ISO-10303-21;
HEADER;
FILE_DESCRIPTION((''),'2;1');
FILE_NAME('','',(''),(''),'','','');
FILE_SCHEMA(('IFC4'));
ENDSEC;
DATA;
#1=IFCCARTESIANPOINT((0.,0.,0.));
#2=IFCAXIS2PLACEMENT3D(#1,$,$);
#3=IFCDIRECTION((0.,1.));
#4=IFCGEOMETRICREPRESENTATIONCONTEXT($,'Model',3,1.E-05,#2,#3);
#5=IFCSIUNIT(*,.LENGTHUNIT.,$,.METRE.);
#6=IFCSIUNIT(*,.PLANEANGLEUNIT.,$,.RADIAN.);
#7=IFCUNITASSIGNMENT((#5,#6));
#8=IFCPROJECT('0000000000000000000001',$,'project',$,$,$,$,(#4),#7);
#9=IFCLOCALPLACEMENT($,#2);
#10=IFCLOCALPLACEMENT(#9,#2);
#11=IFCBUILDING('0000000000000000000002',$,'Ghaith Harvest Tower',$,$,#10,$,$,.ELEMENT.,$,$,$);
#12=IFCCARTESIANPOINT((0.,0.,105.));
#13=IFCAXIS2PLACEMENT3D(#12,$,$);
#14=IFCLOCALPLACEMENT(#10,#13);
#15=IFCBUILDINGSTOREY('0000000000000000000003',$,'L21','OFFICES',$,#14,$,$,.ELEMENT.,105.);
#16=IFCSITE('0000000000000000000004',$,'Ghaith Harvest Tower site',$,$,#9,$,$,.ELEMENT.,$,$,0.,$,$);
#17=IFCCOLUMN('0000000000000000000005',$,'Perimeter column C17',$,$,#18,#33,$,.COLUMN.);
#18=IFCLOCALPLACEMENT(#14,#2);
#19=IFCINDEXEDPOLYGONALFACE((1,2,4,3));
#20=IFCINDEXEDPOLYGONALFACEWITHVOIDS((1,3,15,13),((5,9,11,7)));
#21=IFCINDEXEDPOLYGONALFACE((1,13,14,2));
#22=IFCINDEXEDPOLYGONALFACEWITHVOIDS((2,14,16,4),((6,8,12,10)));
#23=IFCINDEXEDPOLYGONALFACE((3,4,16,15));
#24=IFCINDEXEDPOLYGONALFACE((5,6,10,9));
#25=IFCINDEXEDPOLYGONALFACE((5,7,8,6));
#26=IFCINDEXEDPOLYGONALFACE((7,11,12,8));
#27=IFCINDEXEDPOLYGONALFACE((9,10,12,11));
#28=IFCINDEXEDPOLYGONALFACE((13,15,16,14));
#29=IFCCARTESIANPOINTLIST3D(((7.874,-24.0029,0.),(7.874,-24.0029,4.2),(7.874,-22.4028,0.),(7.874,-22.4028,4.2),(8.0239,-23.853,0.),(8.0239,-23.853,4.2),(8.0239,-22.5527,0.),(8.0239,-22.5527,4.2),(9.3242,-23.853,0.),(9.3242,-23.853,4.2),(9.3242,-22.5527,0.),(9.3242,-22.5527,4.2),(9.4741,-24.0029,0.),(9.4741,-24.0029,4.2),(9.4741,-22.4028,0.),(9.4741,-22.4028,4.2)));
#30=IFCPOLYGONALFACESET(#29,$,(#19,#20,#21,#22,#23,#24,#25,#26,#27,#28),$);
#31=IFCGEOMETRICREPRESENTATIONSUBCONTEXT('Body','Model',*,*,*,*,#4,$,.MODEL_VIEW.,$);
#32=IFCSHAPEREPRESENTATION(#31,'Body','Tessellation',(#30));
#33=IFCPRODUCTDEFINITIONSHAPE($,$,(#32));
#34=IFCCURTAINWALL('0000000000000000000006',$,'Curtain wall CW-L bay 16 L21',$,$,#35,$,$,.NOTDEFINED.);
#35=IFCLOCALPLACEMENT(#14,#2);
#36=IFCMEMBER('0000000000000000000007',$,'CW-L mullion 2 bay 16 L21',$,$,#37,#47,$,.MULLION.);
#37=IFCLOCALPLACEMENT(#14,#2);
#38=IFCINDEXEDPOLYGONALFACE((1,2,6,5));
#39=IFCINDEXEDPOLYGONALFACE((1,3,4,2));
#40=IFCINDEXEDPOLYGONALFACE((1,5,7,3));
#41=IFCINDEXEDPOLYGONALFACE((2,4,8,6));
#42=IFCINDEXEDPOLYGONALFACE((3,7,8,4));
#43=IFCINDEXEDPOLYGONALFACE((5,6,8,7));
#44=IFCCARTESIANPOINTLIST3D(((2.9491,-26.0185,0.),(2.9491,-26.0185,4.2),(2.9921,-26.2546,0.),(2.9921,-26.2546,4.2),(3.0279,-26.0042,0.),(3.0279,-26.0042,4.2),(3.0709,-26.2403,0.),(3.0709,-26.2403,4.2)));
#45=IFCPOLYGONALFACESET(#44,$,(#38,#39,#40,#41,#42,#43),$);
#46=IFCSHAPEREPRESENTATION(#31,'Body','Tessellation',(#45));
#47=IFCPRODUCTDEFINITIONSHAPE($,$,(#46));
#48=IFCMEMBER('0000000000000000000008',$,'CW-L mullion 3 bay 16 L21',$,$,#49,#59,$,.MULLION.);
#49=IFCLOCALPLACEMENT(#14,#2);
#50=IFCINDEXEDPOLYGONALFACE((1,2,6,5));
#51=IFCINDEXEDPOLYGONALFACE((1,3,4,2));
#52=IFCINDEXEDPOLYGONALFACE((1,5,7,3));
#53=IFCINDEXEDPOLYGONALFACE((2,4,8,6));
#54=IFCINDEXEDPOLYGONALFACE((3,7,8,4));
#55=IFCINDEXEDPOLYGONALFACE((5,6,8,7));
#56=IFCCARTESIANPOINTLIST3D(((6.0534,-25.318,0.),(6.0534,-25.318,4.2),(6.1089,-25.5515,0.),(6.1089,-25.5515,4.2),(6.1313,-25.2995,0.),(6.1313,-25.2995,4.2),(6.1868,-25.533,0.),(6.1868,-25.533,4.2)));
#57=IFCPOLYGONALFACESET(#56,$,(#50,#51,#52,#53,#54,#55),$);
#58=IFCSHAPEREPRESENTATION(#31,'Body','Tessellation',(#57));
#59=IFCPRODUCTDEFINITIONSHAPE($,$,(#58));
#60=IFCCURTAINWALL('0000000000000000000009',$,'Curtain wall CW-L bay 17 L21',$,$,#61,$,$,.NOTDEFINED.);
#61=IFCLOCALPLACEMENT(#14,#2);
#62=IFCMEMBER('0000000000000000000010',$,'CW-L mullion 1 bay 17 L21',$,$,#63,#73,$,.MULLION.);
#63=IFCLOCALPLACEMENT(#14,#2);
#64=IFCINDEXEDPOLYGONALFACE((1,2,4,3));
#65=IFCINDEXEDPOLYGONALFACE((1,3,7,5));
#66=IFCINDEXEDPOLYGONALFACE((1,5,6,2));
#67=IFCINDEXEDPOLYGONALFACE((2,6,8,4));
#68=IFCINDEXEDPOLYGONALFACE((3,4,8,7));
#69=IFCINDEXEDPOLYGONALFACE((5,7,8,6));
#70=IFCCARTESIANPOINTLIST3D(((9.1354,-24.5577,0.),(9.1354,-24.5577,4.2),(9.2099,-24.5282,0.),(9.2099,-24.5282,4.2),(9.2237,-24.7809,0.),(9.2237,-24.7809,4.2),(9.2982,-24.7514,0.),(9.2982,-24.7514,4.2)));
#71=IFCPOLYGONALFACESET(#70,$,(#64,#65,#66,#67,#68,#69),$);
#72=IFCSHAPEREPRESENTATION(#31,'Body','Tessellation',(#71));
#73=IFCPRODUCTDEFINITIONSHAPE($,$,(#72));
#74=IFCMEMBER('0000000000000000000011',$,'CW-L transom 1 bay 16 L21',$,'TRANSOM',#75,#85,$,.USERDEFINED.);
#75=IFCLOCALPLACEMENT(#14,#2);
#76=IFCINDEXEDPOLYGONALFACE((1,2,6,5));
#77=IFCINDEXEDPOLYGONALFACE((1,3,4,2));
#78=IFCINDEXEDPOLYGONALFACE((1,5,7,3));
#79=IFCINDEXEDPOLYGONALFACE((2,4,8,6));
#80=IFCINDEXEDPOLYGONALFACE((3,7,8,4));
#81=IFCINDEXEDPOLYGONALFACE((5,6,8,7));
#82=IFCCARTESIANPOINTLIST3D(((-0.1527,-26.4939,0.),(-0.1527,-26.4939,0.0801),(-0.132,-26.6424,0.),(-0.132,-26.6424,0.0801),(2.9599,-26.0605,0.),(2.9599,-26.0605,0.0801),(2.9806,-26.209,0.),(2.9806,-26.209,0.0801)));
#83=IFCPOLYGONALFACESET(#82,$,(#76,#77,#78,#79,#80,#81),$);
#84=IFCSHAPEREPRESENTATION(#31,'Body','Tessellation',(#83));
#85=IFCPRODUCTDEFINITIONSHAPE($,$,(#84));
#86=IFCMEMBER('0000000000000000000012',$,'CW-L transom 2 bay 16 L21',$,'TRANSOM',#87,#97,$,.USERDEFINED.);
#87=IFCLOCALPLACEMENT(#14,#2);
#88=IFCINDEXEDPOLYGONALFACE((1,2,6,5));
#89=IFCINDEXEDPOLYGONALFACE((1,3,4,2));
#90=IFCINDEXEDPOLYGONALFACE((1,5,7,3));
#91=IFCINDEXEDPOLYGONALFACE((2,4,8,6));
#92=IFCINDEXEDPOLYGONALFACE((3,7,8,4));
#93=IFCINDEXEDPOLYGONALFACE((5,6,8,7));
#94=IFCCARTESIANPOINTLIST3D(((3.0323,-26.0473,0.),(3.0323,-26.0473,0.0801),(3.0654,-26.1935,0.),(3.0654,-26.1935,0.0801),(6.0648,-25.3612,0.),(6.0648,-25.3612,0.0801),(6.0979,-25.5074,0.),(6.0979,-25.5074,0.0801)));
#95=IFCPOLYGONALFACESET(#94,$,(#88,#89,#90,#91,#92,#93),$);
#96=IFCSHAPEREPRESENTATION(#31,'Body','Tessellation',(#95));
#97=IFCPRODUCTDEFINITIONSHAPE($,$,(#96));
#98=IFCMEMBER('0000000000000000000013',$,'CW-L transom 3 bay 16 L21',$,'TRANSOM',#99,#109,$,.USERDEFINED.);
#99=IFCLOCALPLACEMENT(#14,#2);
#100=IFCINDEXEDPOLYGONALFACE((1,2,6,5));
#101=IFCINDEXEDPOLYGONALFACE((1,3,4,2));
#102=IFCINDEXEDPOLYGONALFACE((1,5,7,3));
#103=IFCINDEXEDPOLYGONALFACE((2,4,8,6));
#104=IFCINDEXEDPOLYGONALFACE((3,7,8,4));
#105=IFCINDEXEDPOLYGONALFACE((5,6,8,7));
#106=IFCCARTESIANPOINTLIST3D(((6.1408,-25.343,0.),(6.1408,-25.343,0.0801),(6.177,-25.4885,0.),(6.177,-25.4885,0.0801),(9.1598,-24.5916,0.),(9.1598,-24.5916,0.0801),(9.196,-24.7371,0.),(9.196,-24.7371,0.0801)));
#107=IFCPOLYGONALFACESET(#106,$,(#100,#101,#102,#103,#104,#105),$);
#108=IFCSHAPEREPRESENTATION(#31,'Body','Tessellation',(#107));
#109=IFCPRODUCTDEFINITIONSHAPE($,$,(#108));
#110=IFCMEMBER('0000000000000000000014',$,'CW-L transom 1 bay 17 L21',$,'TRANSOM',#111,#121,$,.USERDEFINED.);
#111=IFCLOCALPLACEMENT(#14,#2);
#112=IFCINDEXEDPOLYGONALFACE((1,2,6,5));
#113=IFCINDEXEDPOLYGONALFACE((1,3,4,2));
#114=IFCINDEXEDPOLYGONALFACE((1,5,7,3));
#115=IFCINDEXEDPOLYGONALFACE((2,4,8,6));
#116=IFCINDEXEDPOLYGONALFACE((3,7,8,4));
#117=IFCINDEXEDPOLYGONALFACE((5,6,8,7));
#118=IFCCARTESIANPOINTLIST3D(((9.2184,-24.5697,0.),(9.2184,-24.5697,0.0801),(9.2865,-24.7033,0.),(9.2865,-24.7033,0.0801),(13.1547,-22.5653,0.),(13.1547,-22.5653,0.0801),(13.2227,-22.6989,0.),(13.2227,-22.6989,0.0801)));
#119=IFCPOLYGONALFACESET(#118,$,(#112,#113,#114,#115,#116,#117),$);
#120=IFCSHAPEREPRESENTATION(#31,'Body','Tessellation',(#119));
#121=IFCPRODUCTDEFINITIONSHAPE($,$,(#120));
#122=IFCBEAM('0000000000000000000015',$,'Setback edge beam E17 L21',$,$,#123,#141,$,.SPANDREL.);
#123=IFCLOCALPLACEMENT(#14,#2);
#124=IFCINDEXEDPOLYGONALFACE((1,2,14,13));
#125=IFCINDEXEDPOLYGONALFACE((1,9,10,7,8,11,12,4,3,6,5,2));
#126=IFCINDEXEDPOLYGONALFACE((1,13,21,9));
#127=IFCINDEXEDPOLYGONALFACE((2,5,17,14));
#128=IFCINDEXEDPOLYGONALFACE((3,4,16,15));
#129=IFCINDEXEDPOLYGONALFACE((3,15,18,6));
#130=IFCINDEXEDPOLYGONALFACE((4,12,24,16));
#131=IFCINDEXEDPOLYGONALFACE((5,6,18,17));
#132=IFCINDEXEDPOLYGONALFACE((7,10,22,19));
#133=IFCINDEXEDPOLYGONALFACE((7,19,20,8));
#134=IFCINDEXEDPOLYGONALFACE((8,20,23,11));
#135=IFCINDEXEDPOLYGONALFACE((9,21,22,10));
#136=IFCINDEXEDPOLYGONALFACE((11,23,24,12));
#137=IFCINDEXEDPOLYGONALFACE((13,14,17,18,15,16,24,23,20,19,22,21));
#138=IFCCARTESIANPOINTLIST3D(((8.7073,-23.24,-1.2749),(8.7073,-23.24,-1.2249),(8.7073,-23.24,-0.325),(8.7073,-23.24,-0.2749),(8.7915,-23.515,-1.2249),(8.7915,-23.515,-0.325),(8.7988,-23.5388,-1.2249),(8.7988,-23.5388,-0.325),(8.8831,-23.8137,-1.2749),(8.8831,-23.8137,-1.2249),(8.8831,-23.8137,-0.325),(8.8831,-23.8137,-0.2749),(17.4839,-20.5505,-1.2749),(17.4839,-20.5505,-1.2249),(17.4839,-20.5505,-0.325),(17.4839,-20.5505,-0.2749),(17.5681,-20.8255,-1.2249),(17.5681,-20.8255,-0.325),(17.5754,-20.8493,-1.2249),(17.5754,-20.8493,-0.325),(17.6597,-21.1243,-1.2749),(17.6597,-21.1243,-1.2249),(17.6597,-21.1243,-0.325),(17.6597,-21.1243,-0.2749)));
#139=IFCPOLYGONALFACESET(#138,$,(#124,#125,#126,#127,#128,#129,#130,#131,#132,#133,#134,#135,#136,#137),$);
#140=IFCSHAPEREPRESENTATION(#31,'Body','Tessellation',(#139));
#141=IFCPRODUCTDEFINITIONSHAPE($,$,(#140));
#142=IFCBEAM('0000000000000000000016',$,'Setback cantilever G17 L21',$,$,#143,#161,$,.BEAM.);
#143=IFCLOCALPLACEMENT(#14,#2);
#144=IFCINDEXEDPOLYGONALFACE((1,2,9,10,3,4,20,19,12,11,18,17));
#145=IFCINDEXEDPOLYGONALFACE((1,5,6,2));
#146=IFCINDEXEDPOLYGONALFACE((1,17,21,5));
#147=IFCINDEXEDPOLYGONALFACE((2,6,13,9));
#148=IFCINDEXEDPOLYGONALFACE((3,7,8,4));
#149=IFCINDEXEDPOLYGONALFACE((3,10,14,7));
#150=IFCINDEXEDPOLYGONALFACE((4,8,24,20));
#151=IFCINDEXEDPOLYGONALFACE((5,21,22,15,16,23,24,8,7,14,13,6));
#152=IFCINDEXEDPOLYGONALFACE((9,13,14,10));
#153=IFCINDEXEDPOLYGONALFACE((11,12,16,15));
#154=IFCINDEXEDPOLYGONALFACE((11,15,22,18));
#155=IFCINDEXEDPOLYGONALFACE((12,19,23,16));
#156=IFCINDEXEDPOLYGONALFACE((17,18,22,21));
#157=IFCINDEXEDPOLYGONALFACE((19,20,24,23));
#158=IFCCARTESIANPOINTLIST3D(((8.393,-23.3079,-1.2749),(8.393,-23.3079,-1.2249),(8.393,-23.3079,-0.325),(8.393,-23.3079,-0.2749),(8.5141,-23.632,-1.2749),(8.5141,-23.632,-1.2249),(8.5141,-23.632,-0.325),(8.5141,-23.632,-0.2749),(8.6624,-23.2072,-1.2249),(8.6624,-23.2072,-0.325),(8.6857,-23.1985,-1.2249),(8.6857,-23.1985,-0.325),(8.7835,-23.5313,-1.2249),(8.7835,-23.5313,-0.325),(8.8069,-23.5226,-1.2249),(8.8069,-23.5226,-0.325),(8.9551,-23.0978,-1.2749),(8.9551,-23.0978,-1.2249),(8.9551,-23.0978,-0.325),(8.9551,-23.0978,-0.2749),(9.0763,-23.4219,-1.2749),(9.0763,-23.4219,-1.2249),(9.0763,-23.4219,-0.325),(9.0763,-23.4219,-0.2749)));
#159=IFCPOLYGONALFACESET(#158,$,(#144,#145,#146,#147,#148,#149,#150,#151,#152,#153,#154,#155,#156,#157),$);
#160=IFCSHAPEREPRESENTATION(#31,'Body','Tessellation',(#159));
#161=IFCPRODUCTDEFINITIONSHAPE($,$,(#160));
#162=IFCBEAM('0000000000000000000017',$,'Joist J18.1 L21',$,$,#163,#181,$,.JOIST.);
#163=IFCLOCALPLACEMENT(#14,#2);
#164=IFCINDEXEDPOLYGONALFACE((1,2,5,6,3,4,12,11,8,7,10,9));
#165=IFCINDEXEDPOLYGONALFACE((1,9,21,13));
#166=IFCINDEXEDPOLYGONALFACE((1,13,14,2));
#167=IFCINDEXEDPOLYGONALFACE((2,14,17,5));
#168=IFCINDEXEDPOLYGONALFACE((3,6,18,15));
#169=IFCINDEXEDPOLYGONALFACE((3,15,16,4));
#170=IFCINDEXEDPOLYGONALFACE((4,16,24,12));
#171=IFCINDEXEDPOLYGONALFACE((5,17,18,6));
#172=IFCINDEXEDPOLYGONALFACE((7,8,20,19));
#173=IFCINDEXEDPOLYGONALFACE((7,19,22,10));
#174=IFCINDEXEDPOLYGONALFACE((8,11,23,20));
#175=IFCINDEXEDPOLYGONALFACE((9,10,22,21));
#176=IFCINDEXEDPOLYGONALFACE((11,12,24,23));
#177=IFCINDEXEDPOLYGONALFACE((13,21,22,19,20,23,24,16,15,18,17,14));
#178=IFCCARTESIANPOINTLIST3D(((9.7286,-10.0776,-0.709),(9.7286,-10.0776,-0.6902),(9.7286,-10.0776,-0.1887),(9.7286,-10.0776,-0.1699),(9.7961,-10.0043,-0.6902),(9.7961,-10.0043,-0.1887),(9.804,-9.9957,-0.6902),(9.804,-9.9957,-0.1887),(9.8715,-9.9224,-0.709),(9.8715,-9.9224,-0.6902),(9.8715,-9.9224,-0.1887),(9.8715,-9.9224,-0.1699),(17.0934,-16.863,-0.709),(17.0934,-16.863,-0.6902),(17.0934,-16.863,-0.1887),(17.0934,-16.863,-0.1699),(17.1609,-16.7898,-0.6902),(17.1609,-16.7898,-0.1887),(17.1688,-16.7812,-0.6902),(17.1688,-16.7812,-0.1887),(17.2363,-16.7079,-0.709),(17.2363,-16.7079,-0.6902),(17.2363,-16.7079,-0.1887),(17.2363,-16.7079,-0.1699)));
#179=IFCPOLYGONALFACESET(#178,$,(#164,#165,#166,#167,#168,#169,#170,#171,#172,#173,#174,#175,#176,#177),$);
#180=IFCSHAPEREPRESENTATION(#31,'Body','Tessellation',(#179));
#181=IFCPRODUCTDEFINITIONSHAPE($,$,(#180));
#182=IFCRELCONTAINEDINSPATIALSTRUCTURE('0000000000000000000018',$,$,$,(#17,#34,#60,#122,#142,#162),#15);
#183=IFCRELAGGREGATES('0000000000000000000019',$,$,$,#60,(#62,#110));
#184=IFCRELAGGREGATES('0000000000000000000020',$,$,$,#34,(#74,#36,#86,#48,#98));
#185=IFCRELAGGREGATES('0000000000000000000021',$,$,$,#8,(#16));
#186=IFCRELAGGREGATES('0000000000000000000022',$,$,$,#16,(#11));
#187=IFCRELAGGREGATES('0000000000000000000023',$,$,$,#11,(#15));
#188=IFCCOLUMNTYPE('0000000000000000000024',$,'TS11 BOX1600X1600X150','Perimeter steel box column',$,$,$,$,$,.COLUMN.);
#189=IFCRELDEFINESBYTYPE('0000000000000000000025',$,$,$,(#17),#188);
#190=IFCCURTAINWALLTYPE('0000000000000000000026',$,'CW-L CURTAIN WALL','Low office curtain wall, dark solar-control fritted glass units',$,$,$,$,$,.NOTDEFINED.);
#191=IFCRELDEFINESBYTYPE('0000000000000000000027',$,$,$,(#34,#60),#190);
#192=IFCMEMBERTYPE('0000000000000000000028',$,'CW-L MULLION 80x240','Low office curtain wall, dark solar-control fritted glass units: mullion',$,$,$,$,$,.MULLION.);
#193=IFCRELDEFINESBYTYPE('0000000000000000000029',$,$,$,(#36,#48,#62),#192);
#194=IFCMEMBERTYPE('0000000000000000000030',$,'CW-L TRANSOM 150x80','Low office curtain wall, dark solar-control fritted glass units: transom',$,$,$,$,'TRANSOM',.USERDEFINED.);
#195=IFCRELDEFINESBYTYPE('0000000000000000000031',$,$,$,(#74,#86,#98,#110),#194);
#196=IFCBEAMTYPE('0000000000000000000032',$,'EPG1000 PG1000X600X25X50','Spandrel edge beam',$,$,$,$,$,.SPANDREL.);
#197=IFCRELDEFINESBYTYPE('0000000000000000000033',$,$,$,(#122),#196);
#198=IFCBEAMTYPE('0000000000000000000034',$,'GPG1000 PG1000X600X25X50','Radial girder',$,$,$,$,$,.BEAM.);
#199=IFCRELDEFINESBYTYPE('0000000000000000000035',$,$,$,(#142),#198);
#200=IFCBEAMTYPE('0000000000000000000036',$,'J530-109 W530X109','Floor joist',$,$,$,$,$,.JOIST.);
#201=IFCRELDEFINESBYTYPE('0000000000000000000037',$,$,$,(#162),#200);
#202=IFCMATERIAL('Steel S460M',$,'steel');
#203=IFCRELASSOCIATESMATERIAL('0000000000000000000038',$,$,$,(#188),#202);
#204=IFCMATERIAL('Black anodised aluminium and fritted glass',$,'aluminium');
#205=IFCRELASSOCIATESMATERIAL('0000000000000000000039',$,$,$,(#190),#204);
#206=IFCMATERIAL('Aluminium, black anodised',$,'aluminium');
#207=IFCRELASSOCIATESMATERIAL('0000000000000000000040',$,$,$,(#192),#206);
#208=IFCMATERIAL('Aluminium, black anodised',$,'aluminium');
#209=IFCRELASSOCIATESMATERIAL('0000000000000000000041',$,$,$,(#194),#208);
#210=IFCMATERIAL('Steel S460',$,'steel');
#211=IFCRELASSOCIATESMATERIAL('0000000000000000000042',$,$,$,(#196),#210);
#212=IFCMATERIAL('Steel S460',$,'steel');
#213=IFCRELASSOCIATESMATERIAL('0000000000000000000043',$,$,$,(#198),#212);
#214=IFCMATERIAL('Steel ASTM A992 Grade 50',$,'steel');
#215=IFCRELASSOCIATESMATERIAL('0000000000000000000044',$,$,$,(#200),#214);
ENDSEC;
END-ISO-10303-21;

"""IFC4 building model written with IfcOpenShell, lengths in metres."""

from ifc_helpers import new_model, si_unit, direction, frame, origin, origin_2d, place, context, subcontext, project, spatial, rectangle, hollow_rectangle, i_section, extrude, material, material_profile, profile_set, type_object, element, aggregate, save


model = new_model("IFC4")

# Units and contexts
model_context = context("Model", 3, precision=1e-05, world=origin(), true_north=direction((0.0, 1.0)))
body_context = subcontext(model_context, "Body", "Model", "MODEL_VIEW")
ifc_project = project(units=[si_unit("LENGTHUNIT", "METRE"), si_unit("PLANEANGLEUNIT", "RADIAN")], contexts=[model_context])

# Site, building, storey
site_placement = place(None, origin())
site = spatial("IfcSite", under=ifc_project, at=site_placement, Name="Ghaith Harvest Tower site", CompositionType="ELEMENT", RefElevation=0.0)
building_placement = place(site_placement, origin())
building = spatial("IfcBuilding", under=site, at=building_placement, Name="Ghaith Harvest Tower", CompositionType="ELEMENT")
storey_placement = place(building_placement, frame((0.0, 0.0, 105.0)))
storey = spatial("IfcBuildingStorey", under=building, at=storey_placement, Name="L21", Description="OFFICES", CompositionType="ELEMENT", Elevation=105.0)

# Column
ifc_material_1 = material(Name="Steel S460M", Category="steel")
ifc_material_profile_1 = material_profile(ifc_material_1, hollow_rectangle(XDim=1.6001, YDim=1.6001, WallThickness=0.1499, at=origin_2d()), Name="BOX1600X1600X150")
ifc_profile_set_1 = profile_set([ifc_material_profile_1], Name="Steel S460M")
column_type = type_object("IfcColumnType", Name="TS11 BOX1600X1600X150", Description="Perimeter steel box column", PredefinedType="COLUMN", material=ifc_profile_set_1)
column_placement = place(storey_placement, frame((8.6741, -23.2029, 0.0), z_axis=(0.0, 0.0, 1.0), x_axis=(1.0, 0.0, 0.0)))
element("IfcColumn", 1, at=column_placement, inside=storey, type_object=column_type, Name="Perimeter column C17", PredefinedType="COLUMN", context=body_context, shape_type="SweptSolid", body=[
    extrude(hollow_rectangle(XDim=1.6001, YDim=1.6001, WallThickness=0.1499, at=origin_2d()), origin(), (0.0, 0.0, 1.0), 4.2),
])

# Curtain wall, members
ifc_material_2 = material(Name="Black anodised aluminium and fritted glass", Category="aluminium")
curtain_wall_type = type_object("IfcCurtainWallType", Name="CW-L CURTAIN WALL", Description="Low office curtain wall, dark solar-control fritted glass units", PredefinedType="NOTDEFINED", material=ifc_material_2)
curtain_wall_1_placement = place(storey_placement, origin())
curtain_wall_1 = element("IfcCurtainWall", 2, at=curtain_wall_1_placement, inside=storey, type_object=curtain_wall_type, Name="Curtain wall CW-L bay 16 L21", PredefinedType="NOTDEFINED")
ifc_material_3 = material(Name="Aluminium, black anodised", Category="aluminium")
ifc_material_profile_2 = material_profile(ifc_material_3, rectangle(XDim=0.0801, YDim=0.24, at=origin_2d()), Name="CW-L MULLION 80x240")
ifc_profile_set_2 = profile_set([ifc_material_profile_2], Name="Aluminium, black anodised")
member_type_1 = type_object("IfcMemberType", Name="CW-L MULLION 80x240", Description="Low office curtain wall, dark solar-control fritted glass units: mullion", PredefinedType="MULLION", material=ifc_profile_set_2)
member_1_placement = place(storey_placement, frame((3.01, -26.1294, 0.0), z_axis=(0.0, 0.0, 1.0), x_axis=(0.983806, 0.179235, 0.0)))
member_1 = element("IfcMember", 3, at=member_1_placement, type_object=member_type_1, Name="CW-L mullion 2 bay 16 L21", PredefinedType="MULLION", context=body_context, shape_type="SweptSolid", body=[
    extrude(rectangle(XDim=0.0801, YDim=0.24, at=origin_2d()), origin(), (0.0, 0.0, 1.0), 4.2),
])
member_2_placement = place(storey_placement, frame((6.1201, -25.4255, 0.0), z_axis=(0.0, 0.0, 1.0), x_axis=(0.972918, 0.23115, 0.0)))
member_2 = element("IfcMember", 4, at=member_2_placement, type_object=member_type_1, Name="CW-L mullion 3 bay 16 L21", PredefinedType="MULLION", context=body_context, shape_type="SweptSolid", body=[
    extrude(rectangle(XDim=0.0801, YDim=0.24, at=origin_2d()), origin(), (0.0, 0.0, 1.0), 4.2),
])

# Curtain wall, member
curtain_wall_2_placement = place(storey_placement, origin())
curtain_wall_2 = element("IfcCurtainWall", 5, at=curtain_wall_2_placement, inside=storey, type_object=curtain_wall_type, Name="Curtain wall CW-L bay 17 L21", PredefinedType="NOTDEFINED")
member_3_placement = place(storey_placement, frame((9.2168, -24.6545, 0.0), z_axis=(0.0, 0.0, 1.0), x_axis=(0.929832, 0.367985, 0.0)))
member_3 = element("IfcMember", 6, at=member_3_placement, type_object=member_type_1, Name="CW-L mullion 1 bay 17 L21", PredefinedType="MULLION", context=body_context, shape_type="SweptSolid", body=[
    extrude(rectangle(XDim=0.0801, YDim=0.24, at=origin_2d()), origin(), (0.0, 0.0, 1.0), 4.2),
])

# Members
ifc_material_4 = material(Name="Aluminium, black anodised", Category="aluminium")
ifc_material_profile_3 = material_profile(ifc_material_4, rectangle(XDim=0.1499, YDim=0.0801, at=origin_2d()), Name="CW-L TRANSOM 150x80")
ifc_profile_set_3 = profile_set([ifc_material_profile_3], Name="Aluminium, black anodised")
member_type_2 = type_object("IfcMemberType", Name="CW-L TRANSOM 150x80", Description="Low office curtain wall, dark solar-control fritted glass units: transom", ElementType="TRANSOM", PredefinedType="USERDEFINED", material=ifc_profile_set_3)
member_4_placement = place(storey_placement, frame((-0.1423, -26.5681, 0.04), z_axis=(0.990447, 0.137897, 0.0), x_axis=(-0.137897, 0.990447, 0.0)))
member_4 = element("IfcMember", 7, at=member_4_placement, type_object=member_type_2, Name="CW-L transom 1 bay 16 L21", ObjectType="TRANSOM", PredefinedType="USERDEFINED", context=body_context, shape_type="SweptSolid", body=[
    extrude(rectangle(XDim=0.1499, YDim=0.0801, at=origin_2d()), origin(), (0.0, 0.0, 1.0), 3.1426),
])
member_5_placement = place(storey_placement, frame((3.0488, -26.1204, 0.04), z_axis=(0.975352, 0.220654, 0.0), x_axis=(-0.220654, 0.975352, 0.0)))
member_5 = element("IfcMember", 8, at=member_5_placement, type_object=member_type_2, Name="CW-L transom 2 bay 16 L21", ObjectType="TRANSOM", PredefinedType="USERDEFINED", context=body_context, shape_type="SweptSolid", body=[
    extrude(rectangle(XDim=0.1499, YDim=0.0801, at=origin_2d()), origin(), (0.0, 0.0, 1.0), 3.1091),
])
member_6_placement = place(storey_placement, frame((6.1589, -25.4158, 0.04), z_axis=(0.970391, 0.241538, 0.0), x_axis=(-0.241538, 0.970391, 0.0)))
member_6 = element("IfcMember", 9, at=member_6_placement, type_object=member_type_2, Name="CW-L transom 3 bay 16 L21", ObjectType="TRANSOM", PredefinedType="USERDEFINED", context=body_context, shape_type="SweptSolid", body=[
    extrude(rectangle(XDim=0.1499, YDim=0.0801, at=origin_2d()), origin(), (0.0, 0.0, 1.0), 3.1111),
])
member_7_placement = place(storey_placement, frame((9.2524, -24.6365, 0.04), z_axis=(0.89112, 0.453768, 0.0), x_axis=(-0.453768, 0.89112, 0.0)))
member_7 = element("IfcMember", 10, at=member_7_placement, type_object=member_type_2, Name="CW-L transom 1 bay 17 L21", ObjectType="TRANSOM", PredefinedType="USERDEFINED", context=body_context, shape_type="SweptSolid", body=[
    extrude(rectangle(XDim=0.1499, YDim=0.0801, at=origin_2d()), origin(), (0.0, 0.0, 1.0), 4.4172),
])
aggregate(curtain_wall_2, [member_3, member_7])

# Beams
ifc_material_5 = material(Name="Steel S460", Category="steel")
ifc_material_profile_4 = material_profile(ifc_material_5, i_section(OverallWidth=0.6001, OverallDepth=1.0, WebThickness=0.0249, FlangeThickness=0.05, at=origin_2d()), Name="PG1000X600X25X50")
ifc_profile_set_4 = profile_set([ifc_material_profile_4], Name="Steel S460")
beam_type_1 = type_object("IfcBeamType", Name="EPG1000 PG1000X600X25X50", Description="Spandrel edge beam", PredefinedType="SPANDREL", material=ifc_profile_set_4)
beam_1_placement = place(storey_placement, frame((8.7952, -23.5269, -0.7749), z_axis=(0.956117, 0.292987, 0.0), x_axis=(-0.292987, 0.956117, 0.0)))
element("IfcBeam", 11, at=beam_1_placement, inside=storey, type_object=beam_type_1, Name="Setback edge beam E17 L21", PredefinedType="SPANDREL", context=body_context, shape_type="SweptSolid", body=[
    extrude(i_section(OverallWidth=0.6001, OverallDepth=1.0, WebThickness=0.0249, FlangeThickness=0.05, at=origin_2d()), origin(), (0.0, 0.0, 1.0), 9.1794),
])
ifc_material_6 = material(Name="Steel S460", Category="steel")
ifc_material_profile_5 = material_profile(ifc_material_6, i_section(OverallWidth=0.6001, OverallDepth=1.0, WebThickness=0.0249, FlangeThickness=0.05, at=origin_2d()), Name="PG1000X600X25X50")
ifc_profile_set_5 = profile_set([ifc_material_profile_5], Name="Steel S460")
beam_type_2 = type_object("IfcBeamType", Name="GPG1000 PG1000X600X25X50", Description="Radial girder", PredefinedType="BEAM", material=ifc_profile_set_5)
beam_2_placement = place(storey_placement, frame((8.6741, -23.2029, -0.7749), z_axis=(0.350118, -0.936706, 0.0), x_axis=(0.936706, 0.350118, 0.0)))
element("IfcBeam", 12, at=beam_2_placement, inside=storey, type_object=beam_type_2, Name="Setback cantilever G17 L21", PredefinedType="BEAM", context=body_context, shape_type="SweptSolid", body=[
    extrude(i_section(OverallWidth=0.6001, OverallDepth=1.0, WebThickness=0.0249, FlangeThickness=0.05, at=origin_2d()), origin(), (0.0, 0.0, 1.0), 0.3459),
])
ifc_material_7 = material(Name="Steel ASTM A992 Grade 50", Category="steel")
ifc_material_profile_6 = material_profile(ifc_material_7, i_section(OverallWidth=0.2109, OverallDepth=0.5391, WebThickness=0.0117, FlangeThickness=0.0188, at=origin_2d()), Name="W530X109")
ifc_profile_set_6 = profile_set([ifc_material_profile_6], Name="Steel ASTM A992 Grade 50")
beam_type_3 = type_object("IfcBeamType", Name="J530-109 W530X109", Description="Floor joist", PredefinedType="JOIST", material=ifc_profile_set_6)
beam_3_placement = place(storey_placement, frame((9.8, -10.0, -0.4395), z_axis=(0.735442, -0.677588, 0.0), x_axis=(0.677588, 0.735442, 0.0)))
element("IfcBeam", 13, at=beam_3_placement, inside=storey, type_object=beam_type_3, Name="Joist J18.1 L21", PredefinedType="JOIST", context=body_context, shape_type="SweptSolid", body=[
    extrude(i_section(OverallWidth=0.2109, OverallDepth=0.5391, WebThickness=0.0117, FlangeThickness=0.0188, at=origin_2d()), origin(), (0.0, 0.0, 1.0), 10.0142),
])

aggregate(curtain_wall_1, [member_4, member_1, member_5, member_2, member_6])

save(model, "model.ifc")
